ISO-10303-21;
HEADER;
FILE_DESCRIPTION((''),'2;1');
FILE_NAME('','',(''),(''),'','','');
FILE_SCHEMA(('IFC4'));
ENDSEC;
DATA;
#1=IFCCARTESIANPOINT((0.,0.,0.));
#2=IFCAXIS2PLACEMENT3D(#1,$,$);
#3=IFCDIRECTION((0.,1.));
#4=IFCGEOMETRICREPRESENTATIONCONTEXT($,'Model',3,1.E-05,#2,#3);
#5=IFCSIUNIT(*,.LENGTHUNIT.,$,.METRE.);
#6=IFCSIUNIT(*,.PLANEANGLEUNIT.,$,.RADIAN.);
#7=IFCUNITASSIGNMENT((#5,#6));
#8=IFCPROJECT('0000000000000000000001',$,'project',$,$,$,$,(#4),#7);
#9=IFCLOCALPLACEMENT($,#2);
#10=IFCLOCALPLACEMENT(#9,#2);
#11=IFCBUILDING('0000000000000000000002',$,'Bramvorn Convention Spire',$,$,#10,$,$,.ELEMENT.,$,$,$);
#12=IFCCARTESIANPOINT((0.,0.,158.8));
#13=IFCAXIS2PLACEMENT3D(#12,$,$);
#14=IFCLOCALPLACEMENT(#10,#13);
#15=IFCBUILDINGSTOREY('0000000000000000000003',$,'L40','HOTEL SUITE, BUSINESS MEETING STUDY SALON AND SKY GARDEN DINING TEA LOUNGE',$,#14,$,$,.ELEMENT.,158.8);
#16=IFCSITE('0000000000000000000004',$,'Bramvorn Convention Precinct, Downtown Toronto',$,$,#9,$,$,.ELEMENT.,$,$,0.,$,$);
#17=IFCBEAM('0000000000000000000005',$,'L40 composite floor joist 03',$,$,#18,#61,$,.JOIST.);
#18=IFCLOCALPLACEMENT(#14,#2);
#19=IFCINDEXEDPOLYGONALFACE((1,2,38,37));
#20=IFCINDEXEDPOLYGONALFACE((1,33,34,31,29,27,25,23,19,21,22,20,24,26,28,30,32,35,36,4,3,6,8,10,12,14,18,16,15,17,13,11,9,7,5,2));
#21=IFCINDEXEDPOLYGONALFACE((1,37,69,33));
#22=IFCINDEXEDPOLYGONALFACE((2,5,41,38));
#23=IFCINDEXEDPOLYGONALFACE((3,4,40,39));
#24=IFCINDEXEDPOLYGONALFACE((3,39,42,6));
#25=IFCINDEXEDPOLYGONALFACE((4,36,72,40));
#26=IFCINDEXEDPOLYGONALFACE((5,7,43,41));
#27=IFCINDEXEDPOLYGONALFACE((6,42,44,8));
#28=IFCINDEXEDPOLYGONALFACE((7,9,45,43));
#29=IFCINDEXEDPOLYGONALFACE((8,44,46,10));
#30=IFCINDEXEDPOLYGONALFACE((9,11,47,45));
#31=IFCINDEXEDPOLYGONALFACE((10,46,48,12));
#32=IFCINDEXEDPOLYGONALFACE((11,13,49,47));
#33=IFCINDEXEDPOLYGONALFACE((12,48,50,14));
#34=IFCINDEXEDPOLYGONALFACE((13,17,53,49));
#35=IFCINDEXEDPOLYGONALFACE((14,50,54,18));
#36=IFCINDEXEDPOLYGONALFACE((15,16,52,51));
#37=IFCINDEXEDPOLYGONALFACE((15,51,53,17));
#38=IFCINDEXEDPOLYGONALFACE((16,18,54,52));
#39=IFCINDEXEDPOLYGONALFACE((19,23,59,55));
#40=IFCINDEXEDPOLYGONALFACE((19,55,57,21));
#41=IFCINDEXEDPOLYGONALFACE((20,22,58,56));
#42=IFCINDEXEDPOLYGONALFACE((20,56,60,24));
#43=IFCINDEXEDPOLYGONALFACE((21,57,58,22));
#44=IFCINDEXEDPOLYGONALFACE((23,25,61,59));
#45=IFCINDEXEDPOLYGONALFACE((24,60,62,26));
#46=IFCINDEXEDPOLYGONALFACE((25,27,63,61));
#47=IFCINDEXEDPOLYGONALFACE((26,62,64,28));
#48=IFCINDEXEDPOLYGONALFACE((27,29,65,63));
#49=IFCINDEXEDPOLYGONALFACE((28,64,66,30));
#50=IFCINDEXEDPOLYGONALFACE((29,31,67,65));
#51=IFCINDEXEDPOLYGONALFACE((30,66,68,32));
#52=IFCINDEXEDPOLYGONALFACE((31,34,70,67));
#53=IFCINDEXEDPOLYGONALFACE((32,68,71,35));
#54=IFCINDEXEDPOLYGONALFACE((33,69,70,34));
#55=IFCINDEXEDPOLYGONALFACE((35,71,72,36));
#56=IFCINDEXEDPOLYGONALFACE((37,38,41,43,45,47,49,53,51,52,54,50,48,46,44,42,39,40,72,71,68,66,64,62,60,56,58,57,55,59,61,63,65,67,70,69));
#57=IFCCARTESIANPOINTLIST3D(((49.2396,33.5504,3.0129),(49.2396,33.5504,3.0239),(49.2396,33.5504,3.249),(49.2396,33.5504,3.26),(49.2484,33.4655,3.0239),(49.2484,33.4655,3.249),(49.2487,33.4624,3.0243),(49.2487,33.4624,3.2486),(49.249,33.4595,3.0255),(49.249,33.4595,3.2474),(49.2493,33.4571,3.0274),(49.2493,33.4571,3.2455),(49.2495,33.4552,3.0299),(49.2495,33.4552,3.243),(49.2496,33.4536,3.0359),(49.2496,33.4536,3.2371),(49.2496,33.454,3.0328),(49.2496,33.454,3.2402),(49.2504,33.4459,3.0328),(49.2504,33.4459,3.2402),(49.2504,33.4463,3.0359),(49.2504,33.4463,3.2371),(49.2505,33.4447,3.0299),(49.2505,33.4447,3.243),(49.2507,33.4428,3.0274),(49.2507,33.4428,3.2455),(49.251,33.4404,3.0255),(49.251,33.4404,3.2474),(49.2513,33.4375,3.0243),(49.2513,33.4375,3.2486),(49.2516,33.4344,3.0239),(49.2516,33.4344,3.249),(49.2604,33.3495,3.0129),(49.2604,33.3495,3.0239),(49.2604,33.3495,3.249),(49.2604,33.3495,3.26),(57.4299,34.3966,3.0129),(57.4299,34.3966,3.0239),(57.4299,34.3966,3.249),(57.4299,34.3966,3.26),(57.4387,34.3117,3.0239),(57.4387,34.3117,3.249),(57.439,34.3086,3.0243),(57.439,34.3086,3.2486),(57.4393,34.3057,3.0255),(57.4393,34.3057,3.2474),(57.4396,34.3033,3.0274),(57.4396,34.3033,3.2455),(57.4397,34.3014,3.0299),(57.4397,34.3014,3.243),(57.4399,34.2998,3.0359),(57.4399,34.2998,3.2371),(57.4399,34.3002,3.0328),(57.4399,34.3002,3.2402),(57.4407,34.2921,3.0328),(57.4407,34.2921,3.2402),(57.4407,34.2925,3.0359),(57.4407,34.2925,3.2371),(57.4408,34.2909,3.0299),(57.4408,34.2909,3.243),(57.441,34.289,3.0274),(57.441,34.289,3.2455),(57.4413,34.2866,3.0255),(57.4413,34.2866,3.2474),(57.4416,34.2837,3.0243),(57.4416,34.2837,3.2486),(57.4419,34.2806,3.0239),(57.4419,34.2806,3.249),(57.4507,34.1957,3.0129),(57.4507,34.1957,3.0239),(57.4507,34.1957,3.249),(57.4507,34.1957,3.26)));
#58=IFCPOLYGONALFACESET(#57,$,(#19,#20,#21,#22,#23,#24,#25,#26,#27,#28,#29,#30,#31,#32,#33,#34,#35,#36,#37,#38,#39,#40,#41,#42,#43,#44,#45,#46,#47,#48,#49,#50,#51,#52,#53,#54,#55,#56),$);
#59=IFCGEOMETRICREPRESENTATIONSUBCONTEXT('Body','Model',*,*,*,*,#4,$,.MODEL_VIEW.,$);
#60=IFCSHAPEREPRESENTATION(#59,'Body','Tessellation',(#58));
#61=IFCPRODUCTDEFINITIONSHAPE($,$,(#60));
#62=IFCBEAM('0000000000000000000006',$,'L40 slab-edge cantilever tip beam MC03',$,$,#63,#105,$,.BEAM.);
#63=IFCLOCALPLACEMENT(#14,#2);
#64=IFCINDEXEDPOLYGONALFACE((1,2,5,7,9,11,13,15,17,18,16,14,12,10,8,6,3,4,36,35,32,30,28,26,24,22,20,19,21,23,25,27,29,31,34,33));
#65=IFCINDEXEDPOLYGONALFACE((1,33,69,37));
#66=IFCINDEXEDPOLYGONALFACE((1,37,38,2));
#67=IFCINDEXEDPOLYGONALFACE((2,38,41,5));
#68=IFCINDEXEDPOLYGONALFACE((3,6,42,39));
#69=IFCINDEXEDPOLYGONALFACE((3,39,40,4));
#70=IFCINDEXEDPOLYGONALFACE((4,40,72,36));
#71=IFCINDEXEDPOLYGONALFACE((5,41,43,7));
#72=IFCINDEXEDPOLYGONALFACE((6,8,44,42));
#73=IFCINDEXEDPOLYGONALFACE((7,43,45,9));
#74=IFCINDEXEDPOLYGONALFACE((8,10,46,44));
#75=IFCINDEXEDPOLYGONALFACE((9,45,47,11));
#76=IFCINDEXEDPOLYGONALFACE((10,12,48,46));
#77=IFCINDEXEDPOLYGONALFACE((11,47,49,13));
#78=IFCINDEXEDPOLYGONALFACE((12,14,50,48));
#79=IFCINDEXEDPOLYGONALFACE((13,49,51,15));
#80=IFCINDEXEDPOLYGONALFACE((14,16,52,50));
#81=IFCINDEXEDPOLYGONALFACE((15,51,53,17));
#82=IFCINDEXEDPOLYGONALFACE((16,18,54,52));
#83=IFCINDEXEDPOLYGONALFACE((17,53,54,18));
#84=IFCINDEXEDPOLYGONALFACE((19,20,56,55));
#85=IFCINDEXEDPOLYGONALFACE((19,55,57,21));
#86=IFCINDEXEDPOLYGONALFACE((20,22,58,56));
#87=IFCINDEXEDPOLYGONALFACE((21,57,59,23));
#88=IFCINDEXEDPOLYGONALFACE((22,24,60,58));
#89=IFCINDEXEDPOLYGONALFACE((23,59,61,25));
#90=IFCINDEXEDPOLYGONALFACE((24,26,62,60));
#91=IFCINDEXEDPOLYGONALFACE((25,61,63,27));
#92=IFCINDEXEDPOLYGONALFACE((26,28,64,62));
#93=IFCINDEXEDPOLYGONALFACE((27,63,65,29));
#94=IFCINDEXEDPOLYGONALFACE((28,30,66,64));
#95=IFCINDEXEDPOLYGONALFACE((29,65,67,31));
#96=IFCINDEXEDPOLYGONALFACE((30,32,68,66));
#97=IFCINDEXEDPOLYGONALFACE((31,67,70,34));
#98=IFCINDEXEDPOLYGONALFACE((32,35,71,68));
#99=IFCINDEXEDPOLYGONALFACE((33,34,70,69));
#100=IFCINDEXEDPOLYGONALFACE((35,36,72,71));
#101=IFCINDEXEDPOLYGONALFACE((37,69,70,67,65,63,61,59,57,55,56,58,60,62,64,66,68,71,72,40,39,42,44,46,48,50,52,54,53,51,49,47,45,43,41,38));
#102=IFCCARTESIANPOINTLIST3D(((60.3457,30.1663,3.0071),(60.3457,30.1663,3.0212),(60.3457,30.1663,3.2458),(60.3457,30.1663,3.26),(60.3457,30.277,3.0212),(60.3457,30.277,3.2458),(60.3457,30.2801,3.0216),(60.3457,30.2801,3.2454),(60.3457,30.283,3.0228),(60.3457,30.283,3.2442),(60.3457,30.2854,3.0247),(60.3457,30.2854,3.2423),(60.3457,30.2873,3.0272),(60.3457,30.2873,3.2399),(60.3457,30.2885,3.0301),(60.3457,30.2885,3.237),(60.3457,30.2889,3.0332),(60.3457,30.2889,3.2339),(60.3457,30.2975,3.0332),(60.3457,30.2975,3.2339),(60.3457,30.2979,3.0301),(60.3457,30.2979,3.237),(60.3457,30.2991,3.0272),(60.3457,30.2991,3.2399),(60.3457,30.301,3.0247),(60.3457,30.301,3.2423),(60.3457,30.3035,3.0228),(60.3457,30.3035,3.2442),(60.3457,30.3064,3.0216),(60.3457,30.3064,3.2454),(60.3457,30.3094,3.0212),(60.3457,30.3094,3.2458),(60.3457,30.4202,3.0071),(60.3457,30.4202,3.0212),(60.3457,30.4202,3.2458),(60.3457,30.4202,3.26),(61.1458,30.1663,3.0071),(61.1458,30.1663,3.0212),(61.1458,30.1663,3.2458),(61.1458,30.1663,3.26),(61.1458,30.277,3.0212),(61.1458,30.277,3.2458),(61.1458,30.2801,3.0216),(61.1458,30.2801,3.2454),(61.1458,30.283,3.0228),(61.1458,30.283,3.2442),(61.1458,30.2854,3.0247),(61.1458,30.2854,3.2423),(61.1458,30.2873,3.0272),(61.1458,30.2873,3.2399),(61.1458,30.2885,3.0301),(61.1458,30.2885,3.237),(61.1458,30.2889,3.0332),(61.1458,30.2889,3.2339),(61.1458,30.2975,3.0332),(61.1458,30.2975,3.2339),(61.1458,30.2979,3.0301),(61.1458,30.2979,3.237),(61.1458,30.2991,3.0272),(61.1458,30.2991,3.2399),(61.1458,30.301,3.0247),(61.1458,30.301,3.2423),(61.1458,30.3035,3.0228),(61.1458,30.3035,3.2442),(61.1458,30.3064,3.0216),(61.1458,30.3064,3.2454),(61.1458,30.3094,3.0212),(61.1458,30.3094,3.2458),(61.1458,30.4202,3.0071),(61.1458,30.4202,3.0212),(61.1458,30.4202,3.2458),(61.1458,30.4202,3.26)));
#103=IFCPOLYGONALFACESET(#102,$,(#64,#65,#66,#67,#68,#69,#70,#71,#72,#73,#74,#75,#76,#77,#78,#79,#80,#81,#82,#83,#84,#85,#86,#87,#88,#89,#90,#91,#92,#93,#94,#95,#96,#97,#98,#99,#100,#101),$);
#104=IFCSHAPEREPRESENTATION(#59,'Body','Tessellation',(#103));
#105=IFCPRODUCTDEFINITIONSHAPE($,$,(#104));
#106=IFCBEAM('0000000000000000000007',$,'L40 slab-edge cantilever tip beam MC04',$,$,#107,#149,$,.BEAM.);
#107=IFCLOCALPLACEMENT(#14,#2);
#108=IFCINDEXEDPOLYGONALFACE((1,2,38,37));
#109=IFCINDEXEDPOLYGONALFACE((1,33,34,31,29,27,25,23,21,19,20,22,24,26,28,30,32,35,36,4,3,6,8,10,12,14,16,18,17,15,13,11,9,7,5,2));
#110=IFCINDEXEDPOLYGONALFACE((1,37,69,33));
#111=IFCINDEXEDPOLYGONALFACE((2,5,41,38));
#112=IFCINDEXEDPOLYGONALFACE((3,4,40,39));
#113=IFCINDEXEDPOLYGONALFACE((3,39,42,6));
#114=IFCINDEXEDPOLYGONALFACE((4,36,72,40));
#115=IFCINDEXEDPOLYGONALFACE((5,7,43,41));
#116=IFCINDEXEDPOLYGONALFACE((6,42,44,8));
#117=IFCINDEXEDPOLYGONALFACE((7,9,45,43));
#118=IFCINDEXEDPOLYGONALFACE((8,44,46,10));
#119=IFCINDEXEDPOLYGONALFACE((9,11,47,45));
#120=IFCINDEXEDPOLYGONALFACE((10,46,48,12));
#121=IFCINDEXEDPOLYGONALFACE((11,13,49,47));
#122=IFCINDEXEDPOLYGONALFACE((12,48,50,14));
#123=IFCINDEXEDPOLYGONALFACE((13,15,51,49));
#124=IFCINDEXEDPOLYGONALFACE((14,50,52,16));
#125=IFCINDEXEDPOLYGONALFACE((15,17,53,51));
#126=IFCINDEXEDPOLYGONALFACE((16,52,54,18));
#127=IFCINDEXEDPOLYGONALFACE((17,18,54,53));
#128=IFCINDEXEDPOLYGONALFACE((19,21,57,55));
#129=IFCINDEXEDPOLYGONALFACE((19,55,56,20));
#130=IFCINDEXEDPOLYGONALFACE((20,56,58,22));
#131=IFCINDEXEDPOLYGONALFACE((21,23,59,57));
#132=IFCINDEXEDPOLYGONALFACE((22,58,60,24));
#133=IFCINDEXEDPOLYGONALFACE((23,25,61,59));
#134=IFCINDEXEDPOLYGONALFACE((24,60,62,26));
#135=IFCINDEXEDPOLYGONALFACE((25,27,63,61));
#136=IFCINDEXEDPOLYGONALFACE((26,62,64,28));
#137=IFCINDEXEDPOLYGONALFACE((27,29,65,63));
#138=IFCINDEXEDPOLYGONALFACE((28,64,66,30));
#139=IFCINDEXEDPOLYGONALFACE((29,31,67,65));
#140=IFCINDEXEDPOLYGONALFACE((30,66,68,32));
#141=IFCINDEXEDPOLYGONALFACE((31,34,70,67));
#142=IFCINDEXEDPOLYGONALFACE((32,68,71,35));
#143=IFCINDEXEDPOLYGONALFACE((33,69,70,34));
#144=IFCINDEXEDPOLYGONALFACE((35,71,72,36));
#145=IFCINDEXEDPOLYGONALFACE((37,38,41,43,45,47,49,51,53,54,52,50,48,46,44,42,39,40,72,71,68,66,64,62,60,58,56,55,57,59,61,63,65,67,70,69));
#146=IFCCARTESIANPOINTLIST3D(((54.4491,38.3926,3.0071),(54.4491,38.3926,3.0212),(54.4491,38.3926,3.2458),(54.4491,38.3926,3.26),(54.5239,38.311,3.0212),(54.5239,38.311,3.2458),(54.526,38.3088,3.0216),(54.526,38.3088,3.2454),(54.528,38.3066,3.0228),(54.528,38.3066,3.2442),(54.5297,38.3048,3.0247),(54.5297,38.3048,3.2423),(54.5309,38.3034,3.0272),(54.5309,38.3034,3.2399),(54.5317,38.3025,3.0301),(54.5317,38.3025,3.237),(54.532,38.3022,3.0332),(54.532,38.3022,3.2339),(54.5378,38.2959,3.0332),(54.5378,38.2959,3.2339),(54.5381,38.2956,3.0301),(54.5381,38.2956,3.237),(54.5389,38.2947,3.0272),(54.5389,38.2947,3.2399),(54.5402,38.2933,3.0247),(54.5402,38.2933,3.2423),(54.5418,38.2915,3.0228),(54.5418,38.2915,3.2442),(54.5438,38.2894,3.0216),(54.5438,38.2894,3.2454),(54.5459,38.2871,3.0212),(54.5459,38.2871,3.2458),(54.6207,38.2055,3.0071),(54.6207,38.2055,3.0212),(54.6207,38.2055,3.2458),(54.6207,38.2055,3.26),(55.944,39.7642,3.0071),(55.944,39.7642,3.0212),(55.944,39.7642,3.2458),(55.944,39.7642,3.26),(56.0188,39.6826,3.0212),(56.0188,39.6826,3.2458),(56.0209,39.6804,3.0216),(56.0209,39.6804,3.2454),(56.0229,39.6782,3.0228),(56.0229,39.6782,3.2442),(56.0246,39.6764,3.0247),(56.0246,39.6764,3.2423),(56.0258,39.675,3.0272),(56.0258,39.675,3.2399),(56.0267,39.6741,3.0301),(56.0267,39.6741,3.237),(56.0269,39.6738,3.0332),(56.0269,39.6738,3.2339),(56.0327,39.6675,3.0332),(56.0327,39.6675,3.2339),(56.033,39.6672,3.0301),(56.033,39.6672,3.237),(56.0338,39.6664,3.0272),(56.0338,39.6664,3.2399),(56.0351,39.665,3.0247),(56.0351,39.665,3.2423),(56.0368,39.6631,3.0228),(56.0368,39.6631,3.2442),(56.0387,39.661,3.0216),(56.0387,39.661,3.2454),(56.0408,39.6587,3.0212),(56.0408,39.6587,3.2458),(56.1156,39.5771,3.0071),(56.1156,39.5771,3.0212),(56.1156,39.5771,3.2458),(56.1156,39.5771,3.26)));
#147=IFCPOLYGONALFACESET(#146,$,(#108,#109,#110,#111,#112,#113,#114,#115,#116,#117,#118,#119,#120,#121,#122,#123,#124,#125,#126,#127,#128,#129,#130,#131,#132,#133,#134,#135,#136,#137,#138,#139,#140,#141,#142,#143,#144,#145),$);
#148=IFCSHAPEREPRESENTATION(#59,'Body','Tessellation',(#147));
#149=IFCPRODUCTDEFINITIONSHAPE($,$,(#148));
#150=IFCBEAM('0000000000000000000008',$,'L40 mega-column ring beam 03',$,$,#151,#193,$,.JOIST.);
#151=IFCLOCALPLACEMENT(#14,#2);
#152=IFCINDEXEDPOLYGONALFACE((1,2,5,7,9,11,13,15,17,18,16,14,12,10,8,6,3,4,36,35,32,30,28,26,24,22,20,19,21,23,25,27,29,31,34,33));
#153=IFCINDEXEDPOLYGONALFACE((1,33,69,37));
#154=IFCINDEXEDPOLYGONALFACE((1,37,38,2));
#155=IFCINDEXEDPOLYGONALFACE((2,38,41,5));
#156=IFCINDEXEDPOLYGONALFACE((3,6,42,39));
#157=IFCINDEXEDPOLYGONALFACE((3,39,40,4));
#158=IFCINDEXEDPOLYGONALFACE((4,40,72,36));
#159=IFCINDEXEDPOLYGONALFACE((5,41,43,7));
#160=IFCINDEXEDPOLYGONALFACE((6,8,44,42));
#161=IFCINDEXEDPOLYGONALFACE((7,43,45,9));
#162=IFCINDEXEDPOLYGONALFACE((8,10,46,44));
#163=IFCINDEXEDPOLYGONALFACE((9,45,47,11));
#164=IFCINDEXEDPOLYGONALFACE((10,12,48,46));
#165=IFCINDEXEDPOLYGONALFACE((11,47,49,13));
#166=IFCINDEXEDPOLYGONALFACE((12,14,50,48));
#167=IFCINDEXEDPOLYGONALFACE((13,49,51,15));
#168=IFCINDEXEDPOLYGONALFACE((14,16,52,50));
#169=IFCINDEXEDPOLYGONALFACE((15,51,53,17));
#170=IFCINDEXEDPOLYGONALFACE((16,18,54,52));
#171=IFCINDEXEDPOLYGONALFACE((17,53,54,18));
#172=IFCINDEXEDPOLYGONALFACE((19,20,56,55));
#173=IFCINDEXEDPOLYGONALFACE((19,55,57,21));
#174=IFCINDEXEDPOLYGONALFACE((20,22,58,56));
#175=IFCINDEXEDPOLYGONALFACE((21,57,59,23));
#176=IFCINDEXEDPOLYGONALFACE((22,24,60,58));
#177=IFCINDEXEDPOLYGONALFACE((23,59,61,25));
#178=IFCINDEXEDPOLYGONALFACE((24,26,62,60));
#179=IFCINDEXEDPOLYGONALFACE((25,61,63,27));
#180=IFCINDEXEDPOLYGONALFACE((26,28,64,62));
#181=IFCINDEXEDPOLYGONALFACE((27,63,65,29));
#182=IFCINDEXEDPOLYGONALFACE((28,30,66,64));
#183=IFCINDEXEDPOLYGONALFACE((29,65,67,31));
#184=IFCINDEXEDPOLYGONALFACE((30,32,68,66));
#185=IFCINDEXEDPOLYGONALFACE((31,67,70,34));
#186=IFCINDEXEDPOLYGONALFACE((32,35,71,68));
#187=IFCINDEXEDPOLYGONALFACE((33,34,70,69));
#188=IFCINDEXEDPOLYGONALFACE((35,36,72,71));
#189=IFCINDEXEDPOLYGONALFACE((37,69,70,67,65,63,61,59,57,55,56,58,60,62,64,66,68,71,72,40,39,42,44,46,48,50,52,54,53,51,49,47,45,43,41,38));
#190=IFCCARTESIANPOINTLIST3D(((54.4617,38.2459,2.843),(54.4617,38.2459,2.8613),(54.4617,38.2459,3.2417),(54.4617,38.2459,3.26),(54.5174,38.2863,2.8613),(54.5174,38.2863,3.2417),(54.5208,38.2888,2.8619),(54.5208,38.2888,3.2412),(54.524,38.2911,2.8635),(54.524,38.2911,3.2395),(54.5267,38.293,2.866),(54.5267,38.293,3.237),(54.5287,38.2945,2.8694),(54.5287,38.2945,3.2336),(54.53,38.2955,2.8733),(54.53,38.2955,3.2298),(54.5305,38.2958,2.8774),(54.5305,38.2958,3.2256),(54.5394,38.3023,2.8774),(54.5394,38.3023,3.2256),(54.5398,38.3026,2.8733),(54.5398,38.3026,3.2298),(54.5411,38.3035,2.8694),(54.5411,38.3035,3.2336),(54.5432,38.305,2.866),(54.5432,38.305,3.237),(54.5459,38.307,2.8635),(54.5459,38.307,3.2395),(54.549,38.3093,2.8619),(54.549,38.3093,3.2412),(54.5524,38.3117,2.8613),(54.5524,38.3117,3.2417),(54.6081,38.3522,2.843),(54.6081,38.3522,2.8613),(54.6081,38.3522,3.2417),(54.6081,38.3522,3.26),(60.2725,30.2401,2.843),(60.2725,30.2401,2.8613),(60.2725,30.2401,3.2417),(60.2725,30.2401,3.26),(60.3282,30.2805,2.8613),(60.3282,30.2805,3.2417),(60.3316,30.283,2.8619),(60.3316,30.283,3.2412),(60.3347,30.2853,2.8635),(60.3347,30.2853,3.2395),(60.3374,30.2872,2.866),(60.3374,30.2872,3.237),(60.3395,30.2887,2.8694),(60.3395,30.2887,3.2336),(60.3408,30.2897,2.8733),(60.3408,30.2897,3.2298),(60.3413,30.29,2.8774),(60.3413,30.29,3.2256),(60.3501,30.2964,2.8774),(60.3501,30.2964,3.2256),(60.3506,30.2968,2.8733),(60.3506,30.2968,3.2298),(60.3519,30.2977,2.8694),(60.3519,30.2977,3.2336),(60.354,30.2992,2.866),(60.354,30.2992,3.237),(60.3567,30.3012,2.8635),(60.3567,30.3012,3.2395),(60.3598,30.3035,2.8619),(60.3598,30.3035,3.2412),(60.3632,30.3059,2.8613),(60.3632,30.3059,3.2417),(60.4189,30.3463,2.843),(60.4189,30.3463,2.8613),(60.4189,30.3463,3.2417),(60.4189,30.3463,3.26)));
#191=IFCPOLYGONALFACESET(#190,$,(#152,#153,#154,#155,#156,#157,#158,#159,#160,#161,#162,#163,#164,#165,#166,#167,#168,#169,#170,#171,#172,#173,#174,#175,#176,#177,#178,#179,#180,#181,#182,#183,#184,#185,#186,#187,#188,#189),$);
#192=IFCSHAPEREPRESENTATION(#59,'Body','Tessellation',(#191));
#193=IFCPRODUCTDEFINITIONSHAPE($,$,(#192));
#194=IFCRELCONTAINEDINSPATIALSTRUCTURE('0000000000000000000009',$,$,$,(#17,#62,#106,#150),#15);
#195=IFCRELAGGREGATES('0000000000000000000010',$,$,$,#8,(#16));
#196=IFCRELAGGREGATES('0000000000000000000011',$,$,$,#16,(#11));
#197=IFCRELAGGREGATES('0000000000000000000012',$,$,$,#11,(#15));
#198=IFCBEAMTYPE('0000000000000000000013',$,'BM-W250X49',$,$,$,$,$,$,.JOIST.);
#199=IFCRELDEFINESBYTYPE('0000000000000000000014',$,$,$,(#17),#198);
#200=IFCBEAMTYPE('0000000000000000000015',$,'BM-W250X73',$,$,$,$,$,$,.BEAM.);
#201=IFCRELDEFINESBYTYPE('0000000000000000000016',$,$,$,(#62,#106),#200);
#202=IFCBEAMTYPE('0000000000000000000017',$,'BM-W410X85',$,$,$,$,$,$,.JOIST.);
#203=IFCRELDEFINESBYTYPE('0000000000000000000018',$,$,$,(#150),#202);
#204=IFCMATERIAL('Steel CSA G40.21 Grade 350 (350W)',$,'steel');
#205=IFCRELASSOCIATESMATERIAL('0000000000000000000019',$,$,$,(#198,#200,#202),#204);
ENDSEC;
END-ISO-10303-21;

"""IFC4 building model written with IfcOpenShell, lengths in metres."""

from ifc_helpers import new_model, si_unit, direction, frame, origin, origin_2d, place, context, subcontext, project, spatial, i_section, extrude, material, material_profile, profile_set, type_object, element, save


model = new_model("IFC4")

# Units and contexts
model_context = context("Model", 3, precision=1e-05, world=origin(), true_north=direction((0.0, 1.0)))
body_context = subcontext(model_context, "Body", "Model", "MODEL_VIEW")
ifc_project = project(units=[si_unit("LENGTHUNIT", "METRE"), si_unit("PLANEANGLEUNIT", "RADIAN")], contexts=[model_context])

# Site, building, storey
site_placement = place(None, origin())
site = spatial("IfcSite", under=ifc_project, at=site_placement, Name="Bramvorn Convention Precinct, Downtown Toronto", CompositionType="ELEMENT", RefElevation=0.0)
building_placement = place(site_placement, origin())
building = spatial("IfcBuilding", under=site, at=building_placement, Name="Bramvorn Convention Spire", CompositionType="ELEMENT")
storey_placement = place(building_placement, frame((0.0, 0.0, 158.8)))
storey = spatial("IfcBuildingStorey", under=building, at=storey_placement, Name="L40", Description="HOTEL SUITE, BUSINESS MEETING STUDY SALON AND SKY GARDEN DINING TEA LOUNGE", CompositionType="ELEMENT", Elevation=158.8)

# Shared definitions
ifc_material_1 = material(Name="Steel CSA G40.21 Grade 350 (350W)", Category="steel")

# Beams
ifc_material_profile_1 = material_profile(ifc_material_1, i_section(OverallWidth=0.2019, OverallDepth=0.2471, WebThickness=0.0073, FlangeThickness=0.011, FilletRadius=0.012, at=origin_2d()))
ifc_profile_set_1 = profile_set([ifc_material_profile_1], Name="Steel CSA G40.21 Grade 350 (350W) - W250X49")
beam_type_1 = type_object("IfcBeamType", Name="BM-W250X49", PredefinedType="JOIST", material=ifc_profile_set_1)
beam_1_placement = place(storey_placement, frame((49.25, 33.45, 3.1365), z_axis=(0.994705, 0.102771, 0.0), x_axis=(-0.102771, 0.994705, 0.0)))
element("IfcBeam", 1, at=beam_1_placement, inside=storey, type_object=beam_type_1, Name="L40 composite floor joist 03", PredefinedType="JOIST", context=body_context, shape_type="SweptSolid", body=[
    extrude(i_section(OverallWidth=0.2019, OverallDepth=0.2471, WebThickness=0.0073, FlangeThickness=0.011, FilletRadius=0.012, at=origin_2d()), origin(), (0.0, 0.0, 1.0), 8.2339),
])
ifc_material_profile_2 = material_profile(ifc_material_1, i_section(OverallWidth=0.2539, OverallDepth=0.2529, WebThickness=0.0085, FlangeThickness=0.0142, FilletRadius=0.012, at=origin_2d()))
ifc_profile_set_2 = profile_set([ifc_material_profile_2], Name="Steel CSA G40.21 Grade 350 (350W) - W250X73")
beam_type_2 = type_object("IfcBeamType", Name="BM-W250X73", PredefinedType="BEAM", material=ifc_profile_set_2)
beam_2_placement = place(storey_placement, frame((60.3457, 30.2932, 3.1335), z_axis=(1.0, 0.0, 0.0), x_axis=(0.0, 1.0, 0.0)))
element("IfcBeam", 2, at=beam_2_placement, inside=storey, type_object=beam_type_2, Name="L40 slab-edge cantilever tip beam MC03", PredefinedType="BEAM", context=body_context, shape_type="SweptSolid", body=[
    extrude(i_section(OverallWidth=0.2539, OverallDepth=0.2529, WebThickness=0.0085, FlangeThickness=0.0142, FilletRadius=0.012, at=origin_2d()), origin(), (0.0, 0.0, 1.0), 0.8),
])
beam_3_placement = place(storey_placement, frame((54.5349, 38.2991, 3.1335), z_axis=(0.736839, 0.676068, 0.0), x_axis=(-0.676068, 0.736839, 0.0)))
element("IfcBeam", 3, at=beam_3_placement, inside=storey, type_object=beam_type_2, Name="L40 slab-edge cantilever tip beam MC04", PredefinedType="BEAM", context=body_context, shape_type="SweptSolid", body=[
    extrude(i_section(OverallWidth=0.2539, OverallDepth=0.2529, WebThickness=0.0085, FlangeThickness=0.0142, FilletRadius=0.012, at=origin_2d()), origin(), (0.0, 0.0, 1.0), 2.0288),
])
ifc_material_profile_3 = material_profile(ifc_material_1, i_section(OverallWidth=0.1809, OverallDepth=0.417, WebThickness=0.011, FlangeThickness=0.0183, FilletRadius=0.0161, at=origin_2d()))
ifc_profile_set_3 = profile_set([ifc_material_profile_3], Name="Steel CSA G40.21 Grade 350 (350W) - W410X85")
beam_type_3 = type_object("IfcBeamType", Name="BM-W410X85", PredefinedType="JOIST", material=ifc_profile_set_3)
beam_4_placement = place(storey_placement, frame((60.3457, 30.2932, 3.0515), z_axis=(-0.587401, 0.809296, 0.0), x_axis=(-0.809296, -0.587401, 0.0)))
element("IfcBeam", 4, at=beam_4_placement, inside=storey, type_object=beam_type_3, Name="L40 mega-column ring beam 03", PredefinedType="JOIST", context=body_context, shape_type="SweptSolid", body=[
    extrude(i_section(OverallWidth=0.1809, OverallDepth=0.417, WebThickness=0.011, FlangeThickness=0.0183, FilletRadius=0.0161, at=origin_2d()), origin(), (0.0, 0.0, 1.0), 9.8923),
])

save(model, "model.ifc")
